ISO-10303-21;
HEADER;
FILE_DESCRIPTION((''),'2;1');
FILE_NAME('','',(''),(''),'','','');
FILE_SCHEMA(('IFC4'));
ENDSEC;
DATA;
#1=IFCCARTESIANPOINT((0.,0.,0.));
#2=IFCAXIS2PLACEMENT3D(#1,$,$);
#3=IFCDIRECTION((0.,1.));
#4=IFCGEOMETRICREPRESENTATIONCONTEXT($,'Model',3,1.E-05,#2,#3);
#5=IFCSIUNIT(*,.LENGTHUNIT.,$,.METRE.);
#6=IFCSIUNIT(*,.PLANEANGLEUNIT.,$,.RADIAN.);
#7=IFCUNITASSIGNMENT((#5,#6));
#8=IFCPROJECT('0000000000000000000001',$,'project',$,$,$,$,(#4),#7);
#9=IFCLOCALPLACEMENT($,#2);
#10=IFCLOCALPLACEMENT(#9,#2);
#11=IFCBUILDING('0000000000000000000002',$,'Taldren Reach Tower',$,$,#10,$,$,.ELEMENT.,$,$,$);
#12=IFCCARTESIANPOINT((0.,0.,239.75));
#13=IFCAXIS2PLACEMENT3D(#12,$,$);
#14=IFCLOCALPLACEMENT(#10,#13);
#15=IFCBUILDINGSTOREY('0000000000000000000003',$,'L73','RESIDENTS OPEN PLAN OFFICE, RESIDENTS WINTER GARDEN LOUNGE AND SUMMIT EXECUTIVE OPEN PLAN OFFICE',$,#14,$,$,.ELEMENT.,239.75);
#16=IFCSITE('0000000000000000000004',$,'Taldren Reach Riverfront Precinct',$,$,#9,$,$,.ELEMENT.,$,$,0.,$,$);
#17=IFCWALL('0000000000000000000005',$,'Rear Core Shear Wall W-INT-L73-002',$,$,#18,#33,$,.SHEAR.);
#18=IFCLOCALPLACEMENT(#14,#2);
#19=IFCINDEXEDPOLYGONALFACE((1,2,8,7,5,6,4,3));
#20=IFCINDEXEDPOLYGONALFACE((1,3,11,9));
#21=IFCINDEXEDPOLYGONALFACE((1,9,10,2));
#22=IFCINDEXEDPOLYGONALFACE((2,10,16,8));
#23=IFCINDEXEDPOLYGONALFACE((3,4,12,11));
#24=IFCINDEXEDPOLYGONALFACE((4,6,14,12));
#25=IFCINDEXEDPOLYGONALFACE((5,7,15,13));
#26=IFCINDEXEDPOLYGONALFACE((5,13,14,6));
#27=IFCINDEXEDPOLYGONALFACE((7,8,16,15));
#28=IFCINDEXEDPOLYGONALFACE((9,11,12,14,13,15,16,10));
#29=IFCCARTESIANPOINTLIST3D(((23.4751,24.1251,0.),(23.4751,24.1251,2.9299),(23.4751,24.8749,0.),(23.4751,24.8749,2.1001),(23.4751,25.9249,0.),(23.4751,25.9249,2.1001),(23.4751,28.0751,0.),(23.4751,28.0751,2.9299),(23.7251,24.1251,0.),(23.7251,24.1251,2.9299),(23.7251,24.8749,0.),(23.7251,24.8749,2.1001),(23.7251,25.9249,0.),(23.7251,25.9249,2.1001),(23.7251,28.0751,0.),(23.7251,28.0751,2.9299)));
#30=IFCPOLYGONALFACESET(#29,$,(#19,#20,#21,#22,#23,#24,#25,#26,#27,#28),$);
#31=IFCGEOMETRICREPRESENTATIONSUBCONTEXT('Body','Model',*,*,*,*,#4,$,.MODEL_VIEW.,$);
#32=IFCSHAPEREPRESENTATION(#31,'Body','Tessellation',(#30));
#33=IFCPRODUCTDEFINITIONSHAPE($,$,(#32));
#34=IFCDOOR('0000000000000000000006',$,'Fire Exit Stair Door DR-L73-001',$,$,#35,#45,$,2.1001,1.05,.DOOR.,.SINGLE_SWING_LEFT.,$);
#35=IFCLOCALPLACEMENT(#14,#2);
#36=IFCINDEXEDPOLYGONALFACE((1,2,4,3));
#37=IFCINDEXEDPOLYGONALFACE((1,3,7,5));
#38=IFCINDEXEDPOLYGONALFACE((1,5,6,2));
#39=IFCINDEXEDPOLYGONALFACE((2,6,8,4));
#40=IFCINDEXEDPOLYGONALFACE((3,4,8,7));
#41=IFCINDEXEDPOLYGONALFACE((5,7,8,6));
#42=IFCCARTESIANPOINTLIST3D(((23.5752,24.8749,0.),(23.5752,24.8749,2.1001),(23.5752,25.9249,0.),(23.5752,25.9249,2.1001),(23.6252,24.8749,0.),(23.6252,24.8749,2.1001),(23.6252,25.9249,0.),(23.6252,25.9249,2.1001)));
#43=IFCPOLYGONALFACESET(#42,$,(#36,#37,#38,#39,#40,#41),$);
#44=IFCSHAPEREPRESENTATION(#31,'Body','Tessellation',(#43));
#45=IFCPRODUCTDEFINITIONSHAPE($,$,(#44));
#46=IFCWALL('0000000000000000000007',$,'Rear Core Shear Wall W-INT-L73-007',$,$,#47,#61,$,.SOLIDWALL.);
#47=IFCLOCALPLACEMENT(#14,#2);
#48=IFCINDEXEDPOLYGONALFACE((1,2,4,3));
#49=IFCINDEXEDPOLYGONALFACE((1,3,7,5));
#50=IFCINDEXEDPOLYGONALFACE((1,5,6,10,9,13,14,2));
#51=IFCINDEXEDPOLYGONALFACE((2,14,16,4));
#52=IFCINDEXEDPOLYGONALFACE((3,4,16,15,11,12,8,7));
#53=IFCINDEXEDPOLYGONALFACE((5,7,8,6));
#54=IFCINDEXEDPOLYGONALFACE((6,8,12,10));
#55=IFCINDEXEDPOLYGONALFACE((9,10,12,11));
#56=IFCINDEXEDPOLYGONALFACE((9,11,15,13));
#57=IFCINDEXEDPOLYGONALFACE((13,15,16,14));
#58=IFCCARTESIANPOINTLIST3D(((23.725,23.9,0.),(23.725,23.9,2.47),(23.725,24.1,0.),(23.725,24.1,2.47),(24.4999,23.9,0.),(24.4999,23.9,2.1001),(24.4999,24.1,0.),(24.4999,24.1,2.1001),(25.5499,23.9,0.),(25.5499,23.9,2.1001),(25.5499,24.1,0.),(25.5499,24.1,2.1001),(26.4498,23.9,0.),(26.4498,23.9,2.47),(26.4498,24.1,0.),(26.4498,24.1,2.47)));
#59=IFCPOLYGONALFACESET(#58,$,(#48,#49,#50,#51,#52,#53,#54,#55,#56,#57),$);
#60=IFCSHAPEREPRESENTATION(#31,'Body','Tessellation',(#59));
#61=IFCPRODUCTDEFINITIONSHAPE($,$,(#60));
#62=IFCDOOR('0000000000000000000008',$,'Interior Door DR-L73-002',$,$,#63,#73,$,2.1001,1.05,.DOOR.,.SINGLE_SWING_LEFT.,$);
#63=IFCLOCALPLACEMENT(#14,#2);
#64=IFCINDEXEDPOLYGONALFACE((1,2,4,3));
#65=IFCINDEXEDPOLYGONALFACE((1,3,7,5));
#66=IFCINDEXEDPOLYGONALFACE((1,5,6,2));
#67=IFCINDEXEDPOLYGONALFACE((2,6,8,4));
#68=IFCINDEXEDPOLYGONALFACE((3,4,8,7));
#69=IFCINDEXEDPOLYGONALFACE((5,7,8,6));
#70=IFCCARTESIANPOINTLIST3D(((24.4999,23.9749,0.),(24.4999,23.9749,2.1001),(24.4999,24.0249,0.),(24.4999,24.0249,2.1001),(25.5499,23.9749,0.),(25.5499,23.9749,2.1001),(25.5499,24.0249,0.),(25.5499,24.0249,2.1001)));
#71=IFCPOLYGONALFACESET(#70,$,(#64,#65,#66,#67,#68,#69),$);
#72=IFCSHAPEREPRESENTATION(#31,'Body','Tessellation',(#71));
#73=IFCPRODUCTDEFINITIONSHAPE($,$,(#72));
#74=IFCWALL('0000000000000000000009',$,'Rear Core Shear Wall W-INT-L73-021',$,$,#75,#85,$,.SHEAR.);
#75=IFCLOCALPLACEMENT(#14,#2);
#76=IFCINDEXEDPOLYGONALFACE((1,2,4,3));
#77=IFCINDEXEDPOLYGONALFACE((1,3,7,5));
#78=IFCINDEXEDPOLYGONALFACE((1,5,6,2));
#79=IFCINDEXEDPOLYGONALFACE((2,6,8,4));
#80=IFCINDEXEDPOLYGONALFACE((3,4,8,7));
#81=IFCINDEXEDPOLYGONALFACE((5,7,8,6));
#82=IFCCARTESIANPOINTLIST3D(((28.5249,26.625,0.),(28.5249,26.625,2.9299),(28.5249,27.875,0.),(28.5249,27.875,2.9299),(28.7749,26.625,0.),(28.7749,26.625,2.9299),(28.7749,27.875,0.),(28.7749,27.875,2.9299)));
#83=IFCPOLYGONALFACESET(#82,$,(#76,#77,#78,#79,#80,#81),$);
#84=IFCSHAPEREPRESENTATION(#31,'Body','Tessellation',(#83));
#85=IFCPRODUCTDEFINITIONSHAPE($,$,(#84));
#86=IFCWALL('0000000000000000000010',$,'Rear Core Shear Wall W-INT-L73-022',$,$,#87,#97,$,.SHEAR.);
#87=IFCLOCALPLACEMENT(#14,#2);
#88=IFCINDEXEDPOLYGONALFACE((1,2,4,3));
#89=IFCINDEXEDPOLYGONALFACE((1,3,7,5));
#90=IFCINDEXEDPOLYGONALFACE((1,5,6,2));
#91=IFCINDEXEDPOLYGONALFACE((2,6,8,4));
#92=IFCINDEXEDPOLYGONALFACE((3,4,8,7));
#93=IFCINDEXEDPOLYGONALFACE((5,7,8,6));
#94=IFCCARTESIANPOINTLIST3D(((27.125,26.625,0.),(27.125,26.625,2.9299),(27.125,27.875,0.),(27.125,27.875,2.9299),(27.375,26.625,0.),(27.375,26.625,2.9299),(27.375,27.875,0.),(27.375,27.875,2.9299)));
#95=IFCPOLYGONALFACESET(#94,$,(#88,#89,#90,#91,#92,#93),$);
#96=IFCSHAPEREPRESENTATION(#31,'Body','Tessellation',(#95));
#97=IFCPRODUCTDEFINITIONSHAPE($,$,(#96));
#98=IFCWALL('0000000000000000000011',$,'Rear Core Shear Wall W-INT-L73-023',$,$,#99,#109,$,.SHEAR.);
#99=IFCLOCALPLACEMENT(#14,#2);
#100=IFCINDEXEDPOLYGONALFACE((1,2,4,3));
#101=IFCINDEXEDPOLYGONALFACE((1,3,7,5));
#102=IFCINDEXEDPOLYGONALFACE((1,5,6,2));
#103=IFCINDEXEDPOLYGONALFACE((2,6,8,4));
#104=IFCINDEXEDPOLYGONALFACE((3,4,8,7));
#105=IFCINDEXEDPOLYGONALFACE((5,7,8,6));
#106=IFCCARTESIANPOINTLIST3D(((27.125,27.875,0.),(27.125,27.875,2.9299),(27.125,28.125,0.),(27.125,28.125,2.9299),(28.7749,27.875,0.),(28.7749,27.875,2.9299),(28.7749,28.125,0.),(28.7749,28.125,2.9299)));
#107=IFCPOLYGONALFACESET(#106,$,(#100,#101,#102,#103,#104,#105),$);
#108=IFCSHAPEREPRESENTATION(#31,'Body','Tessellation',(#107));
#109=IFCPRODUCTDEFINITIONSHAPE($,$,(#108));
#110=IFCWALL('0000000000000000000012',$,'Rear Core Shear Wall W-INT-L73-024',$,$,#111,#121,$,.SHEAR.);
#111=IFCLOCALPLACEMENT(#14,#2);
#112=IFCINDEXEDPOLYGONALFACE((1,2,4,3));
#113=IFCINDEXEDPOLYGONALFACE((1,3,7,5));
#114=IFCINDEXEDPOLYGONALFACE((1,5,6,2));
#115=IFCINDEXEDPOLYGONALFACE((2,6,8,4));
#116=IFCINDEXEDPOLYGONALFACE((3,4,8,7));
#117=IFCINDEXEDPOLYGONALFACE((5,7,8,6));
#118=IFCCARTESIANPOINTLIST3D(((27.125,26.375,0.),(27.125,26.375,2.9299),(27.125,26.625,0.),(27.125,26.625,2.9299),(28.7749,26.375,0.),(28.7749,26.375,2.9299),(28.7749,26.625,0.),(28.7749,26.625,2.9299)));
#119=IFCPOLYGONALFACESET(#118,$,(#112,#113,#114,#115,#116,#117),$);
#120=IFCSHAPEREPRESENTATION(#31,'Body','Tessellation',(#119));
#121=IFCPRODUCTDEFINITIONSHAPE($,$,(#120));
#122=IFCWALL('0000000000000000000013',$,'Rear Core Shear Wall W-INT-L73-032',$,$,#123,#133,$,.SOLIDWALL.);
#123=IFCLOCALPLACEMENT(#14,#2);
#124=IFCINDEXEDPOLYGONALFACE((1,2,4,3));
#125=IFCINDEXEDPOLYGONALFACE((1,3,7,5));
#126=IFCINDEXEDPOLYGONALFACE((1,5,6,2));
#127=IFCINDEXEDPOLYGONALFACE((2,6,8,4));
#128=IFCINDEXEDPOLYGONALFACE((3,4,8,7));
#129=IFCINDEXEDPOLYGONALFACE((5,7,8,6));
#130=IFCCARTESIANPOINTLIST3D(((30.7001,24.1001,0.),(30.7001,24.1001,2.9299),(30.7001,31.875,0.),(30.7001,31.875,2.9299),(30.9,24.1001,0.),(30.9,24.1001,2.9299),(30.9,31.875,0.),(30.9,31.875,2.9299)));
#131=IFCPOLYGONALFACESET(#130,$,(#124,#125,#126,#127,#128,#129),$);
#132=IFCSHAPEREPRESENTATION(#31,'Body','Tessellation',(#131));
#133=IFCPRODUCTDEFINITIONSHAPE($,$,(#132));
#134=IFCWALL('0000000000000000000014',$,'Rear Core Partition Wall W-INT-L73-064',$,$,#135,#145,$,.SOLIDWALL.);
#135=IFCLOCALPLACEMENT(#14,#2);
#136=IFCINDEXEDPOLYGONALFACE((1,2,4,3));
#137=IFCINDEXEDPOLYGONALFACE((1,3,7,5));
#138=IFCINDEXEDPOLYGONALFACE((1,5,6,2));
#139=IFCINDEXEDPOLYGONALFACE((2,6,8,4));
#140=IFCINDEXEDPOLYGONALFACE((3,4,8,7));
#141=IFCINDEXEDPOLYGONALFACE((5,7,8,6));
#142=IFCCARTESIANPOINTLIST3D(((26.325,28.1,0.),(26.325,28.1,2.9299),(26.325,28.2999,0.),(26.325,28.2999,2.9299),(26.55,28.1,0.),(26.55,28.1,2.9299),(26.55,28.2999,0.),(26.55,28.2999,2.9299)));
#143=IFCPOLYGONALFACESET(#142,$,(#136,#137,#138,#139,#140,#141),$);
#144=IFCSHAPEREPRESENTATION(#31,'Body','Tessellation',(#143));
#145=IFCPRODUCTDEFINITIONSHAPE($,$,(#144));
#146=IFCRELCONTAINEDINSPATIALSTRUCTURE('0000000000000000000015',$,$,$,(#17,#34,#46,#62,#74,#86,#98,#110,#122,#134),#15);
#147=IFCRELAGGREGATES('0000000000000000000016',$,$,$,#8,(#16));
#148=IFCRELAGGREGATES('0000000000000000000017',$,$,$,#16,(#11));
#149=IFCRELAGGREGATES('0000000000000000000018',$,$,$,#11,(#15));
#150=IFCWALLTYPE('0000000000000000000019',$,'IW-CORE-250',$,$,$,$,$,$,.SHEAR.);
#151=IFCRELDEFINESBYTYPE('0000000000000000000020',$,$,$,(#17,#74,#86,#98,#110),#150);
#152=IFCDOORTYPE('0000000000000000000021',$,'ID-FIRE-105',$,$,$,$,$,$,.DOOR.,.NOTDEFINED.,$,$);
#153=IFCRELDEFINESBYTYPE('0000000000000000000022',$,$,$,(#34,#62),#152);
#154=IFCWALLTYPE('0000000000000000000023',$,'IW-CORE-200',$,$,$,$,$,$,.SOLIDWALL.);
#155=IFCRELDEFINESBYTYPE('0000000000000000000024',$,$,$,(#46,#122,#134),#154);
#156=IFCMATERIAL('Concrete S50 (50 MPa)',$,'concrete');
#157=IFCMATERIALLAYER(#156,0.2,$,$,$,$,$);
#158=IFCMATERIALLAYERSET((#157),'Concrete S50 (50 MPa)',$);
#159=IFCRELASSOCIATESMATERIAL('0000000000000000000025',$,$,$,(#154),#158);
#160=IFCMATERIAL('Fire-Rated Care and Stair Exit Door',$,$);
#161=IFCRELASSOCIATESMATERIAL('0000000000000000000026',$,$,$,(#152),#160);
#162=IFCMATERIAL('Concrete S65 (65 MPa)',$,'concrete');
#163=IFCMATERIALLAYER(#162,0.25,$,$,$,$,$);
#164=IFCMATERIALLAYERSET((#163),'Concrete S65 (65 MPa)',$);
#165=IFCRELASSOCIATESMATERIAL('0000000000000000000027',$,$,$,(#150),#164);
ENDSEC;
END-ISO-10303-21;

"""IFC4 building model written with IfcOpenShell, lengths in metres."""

from ifc_helpers import new_model, si_unit, direction, frame, frame_2d, origin, place, context, subcontext, project, spatial, rectangle, extrude, source, transform, mapped, material, layer, layer_set, type_object, element, fill, save


model = new_model("IFC4")

# Units and contexts
model_context = context("Model", 3, precision=1e-05, world=origin(), true_north=direction((0.0, 1.0)))
body_context = subcontext(model_context, "Body", "Model", "MODEL_VIEW")
ifc_project = project(units=[si_unit("LENGTHUNIT", "METRE"), si_unit("PLANEANGLEUNIT", "RADIAN")], contexts=[model_context])

# Site, building, storey
site_placement = place(None, origin())
site = spatial("IfcSite", under=ifc_project, at=site_placement, Name="Taldren Reach Riverfront Precinct", CompositionType="ELEMENT", RefElevation=0.0)
building_placement = place(site_placement, origin())
building = spatial("IfcBuilding", under=site, at=building_placement, Name="Taldren Reach Tower", CompositionType="ELEMENT")
storey_placement = place(building_placement, frame((0.0, 0.0, 239.75)))
storey = spatial("IfcBuildingStorey", under=building, at=storey_placement, Name="L73", Description="RESIDENTS OPEN PLAN OFFICE, RESIDENTS WINTER GARDEN LOUNGE AND SUMMIT EXECUTIVE OPEN PLAN OFFICE", CompositionType="ELEMENT", Elevation=239.75)

# Shared definitions
ifc_material_1 = material(Name="Concrete S50 (50 MPa)", Category="concrete")
ifc_layer_1 = layer(ifc_material_1, 0.2)
ifc_layer_set_1 = layer_set([ifc_layer_1], Name="Concrete S50 (50 MPa)")
wall_type_1 = type_object("IfcWallType", Name="IW-CORE-200", PredefinedType="SOLIDWALL", material=ifc_layer_set_1)
shared_shape_1 = source(origin(), body_context, "Body", "SweptSolid", [
    extrude(rectangle(XDim=1.05, YDim=2.1001, at=frame_2d((0.5249, 1.05))), frame((0.0, 0.1099, 0.0), z_axis=(0.0, -1.0, 0.0), x_axis=(1.0, 0.0, 0.0)), (0.0, 0.0, 1.0), 0.22),
])
ifc_material_2 = material(Name="Fire-Rated Care and Stair Exit Door")
door_type_1 = type_object("IfcDoorType", Name="ID-FIRE-105", OperationType="NOTDEFINED", PredefinedType="DOOR", material=ifc_material_2)
shared_shape_2 = source(origin(), body_context, "Body", "SweptSolid", [
    extrude(rectangle(XDim=1.05, YDim=2.1001, at=frame_2d((0.5249, 1.05))), frame((0.0, 0.0249, 0.0), z_axis=(0.0, -1.0, 0.0), x_axis=(1.0, 0.0, 0.0)), (0.0, 0.0, 1.0), 0.05),
])

# Shared definitions
ifc_material_3 = material(Name="Concrete S65 (65 MPa)", Category="concrete")
ifc_layer_2 = layer(ifc_material_3, 0.25)
ifc_layer_set_2 = layer_set([ifc_layer_2], Name="Concrete S65 (65 MPa)")
wall_type_2 = type_object("IfcWallType", Name="IW-CORE-250", PredefinedType="SHEAR", material=ifc_layer_set_2)

# Walls, openings, doors
shared_shape_3 = source(origin(), body_context, "Body", "SweptSolid", [
    extrude(rectangle(XDim=3.95, YDim=0.25, at=frame_2d((1.9751, 0.0))), origin(), (0.0, 0.0, 1.0), 2.9299),
])
wall_1_placement = place(storey_placement, frame((23.6001, 24.125, 0.0), z_axis=(0.0, 0.0, 1.0), x_axis=(0.0, 1.0, 0.0)))
wall_1 = element("IfcWall", 1, at=wall_1_placement, inside=storey, type_object=wall_type_2, Name="Rear Core Shear Wall W-INT-L73-002", PredefinedType="SHEAR", context=body_context, shape_type="MappedRepresentation", body=[
    mapped(shared_shape_3, transform((0.0, 0.0, 0.0), scale=1.0)),
])
shared_shape_4 = source(origin(), body_context, "Body", "SweptSolid", [
    extrude(rectangle(XDim=1.05, YDim=2.1001, at=frame_2d((0.5249, 1.05))), frame((0.0, 0.135, 0.0), z_axis=(0.0, -1.0, 0.0), x_axis=(1.0, 0.0, 0.0)), (0.0, 0.0, 1.0), 0.27),
])
opening_1_placement = place(wall_1_placement, frame((0.75, 0.0, 0.0)))
opening_1 = element("IfcOpeningElement", 2, at=opening_1_placement, cuts=wall_1, PredefinedType="OPENING", context=body_context, shape_type="MappedRepresentation", body=[
    mapped(shared_shape_4, transform((0.0, 0.0, 0.0), scale=1.0)),
])
door_1_placement = place(opening_1_placement, origin())
door_1 = element("IfcDoor", 3, at=door_1_placement, inside=storey, type_object=door_type_1, Name="Fire Exit Stair Door DR-L73-001", OperationType="SINGLE_SWING_LEFT", OverallHeight=2.1001, OverallWidth=1.05, PredefinedType="DOOR", context=body_context, shape_type="MappedRepresentation", body=[
    mapped(shared_shape_2, transform((0.0, 0.0, 0.0), scale=1.0)),
])
fill(opening_1, door_1)
shared_shape_5 = source(origin(), body_context, "Body", "SweptSolid", [
    extrude(rectangle(XDim=2.7249, YDim=0.2, at=frame_2d((1.3623, 0.0))), origin(), (0.0, 0.0, 1.0), 2.47),
])
wall_2_placement = place(storey_placement, frame((23.7251, 24.0, 0.0), z_axis=(0.0, 0.0, 1.0), x_axis=(1.0, 0.0, 0.0)))
wall_2 = element("IfcWall", 4, at=wall_2_placement, inside=storey, type_object=wall_type_1, Name="Rear Core Shear Wall W-INT-L73-007", PredefinedType="SOLIDWALL", context=body_context, shape_type="MappedRepresentation", body=[
    mapped(shared_shape_5, transform((0.0, 0.0, 0.0), scale=1.0)),
])
opening_2_placement = place(wall_2_placement, frame((0.7749, 0.0, 0.0)))
opening_2 = element("IfcOpeningElement", 5, at=opening_2_placement, cuts=wall_2, PredefinedType="OPENING", context=body_context, shape_type="MappedRepresentation", body=[
    mapped(shared_shape_1, transform((0.0, 0.0, 0.0), scale=1.0)),
])
door_2_placement = place(opening_2_placement, origin())
door_2 = element("IfcDoor", 6, at=door_2_placement, inside=storey, type_object=door_type_1, Name="Interior Door DR-L73-002", OperationType="SINGLE_SWING_LEFT", OverallHeight=2.1001, OverallWidth=1.05, PredefinedType="DOOR", context=body_context, shape_type="MappedRepresentation", body=[
    mapped(shared_shape_2, transform((0.0, 0.0, 0.0), scale=1.0)),
])
fill(opening_2, door_2)

# Walls
shared_shape_6 = source(origin(), body_context, "Body", "SweptSolid", [
    extrude(rectangle(XDim=1.25, YDim=0.25, at=frame_2d((0.625, 0.0))), origin(), (0.0, 0.0, 1.0), 2.9299),
])
for number, where, z_axis, x_axis, name in (
    (7, (28.6499, 26.625, 0.0), (0.0, 0.0, 1.0), (0.0, 1.0, 0.0), "Rear Core Shear Wall W-INT-L73-021"),
    (8, (27.25, 27.875, 0.0), (0.0, 0.0, 1.0), (0.0, -1.0, 0.0), "Rear Core Shear Wall W-INT-L73-022"),
):
    element("IfcWall", number, at=place(storey_placement, frame(where, z_axis=z_axis, x_axis=x_axis)), inside=storey, type_object=wall_type_2, Name=name, PredefinedType="SHEAR", context=body_context, shape_type="MappedRepresentation", body=[
        mapped(shared_shape_6, transform((0.0, 0.0, 0.0), scale=1.0)),
    ])
shared_shape_7 = source(origin(), body_context, "Body", "SweptSolid", [
    extrude(rectangle(XDim=1.6499, YDim=0.25, at=frame_2d((0.825, 0.0))), origin(), (0.0, 0.0, 1.0), 2.9299),
])
for number, where, z_axis, x_axis, name in (
    (9, (28.7749, 28.0, 0.0), (0.0, 0.0, 1.0), (-1.0, 0.0, 0.0), "Rear Core Shear Wall W-INT-L73-023"),
    (10, (27.125, 26.5, 0.0), (0.0, 0.0, 1.0), (1.0, 0.0, 0.0), "Rear Core Shear Wall W-INT-L73-024"),
):
    element("IfcWall", number, at=place(storey_placement, frame(where, z_axis=z_axis, x_axis=x_axis)), inside=storey, type_object=wall_type_2, Name=name, PredefinedType="SHEAR", context=body_context, shape_type="MappedRepresentation", body=[
        mapped(shared_shape_7, transform((0.0, 0.0, 0.0), scale=1.0)),
    ])
shared_shape_8 = source(origin(), body_context, "Body", "SweptSolid", [
    extrude(rectangle(XDim=7.7749, YDim=0.2, at=frame_2d((3.8875, 0.0))), origin(), (0.0, 0.0, 1.0), 2.9299),
])
wall_3_placement = place(storey_placement, frame((30.8, 31.875, 0.0), z_axis=(0.0, 0.0, 1.0), x_axis=(0.0, -1.0, 0.0)))
element("IfcWall", 11, at=wall_3_placement, inside=storey, type_object=wall_type_1, Name="Rear Core Shear Wall W-INT-L73-032", PredefinedType="SOLIDWALL", context=body_context, shape_type="MappedRepresentation", body=[
    mapped(shared_shape_8, transform((0.0, 0.0, 0.0), scale=1.0)),
])
shared_shape_9 = source(origin(), body_context, "Body", "SweptSolid", [
    extrude(rectangle(XDim=0.2251, YDim=0.2, at=frame_2d((0.1125, 0.0))), origin(), (0.0, 0.0, 1.0), 2.9299),
])
wall_4_placement = place(storey_placement, frame((26.325, 28.2, 0.0), z_axis=(0.0, 0.0, 1.0), x_axis=(1.0, 0.0, 0.0)))
element("IfcWall", 12, at=wall_4_placement, inside=storey, type_object=wall_type_1, Name="Rear Core Partition Wall W-INT-L73-064", PredefinedType="SOLIDWALL", context=body_context, shape_type="MappedRepresentation", body=[
    mapped(shared_shape_9, transform((0.0, 0.0, 0.0), scale=1.0)),
])

save(model, "model.ifc")
